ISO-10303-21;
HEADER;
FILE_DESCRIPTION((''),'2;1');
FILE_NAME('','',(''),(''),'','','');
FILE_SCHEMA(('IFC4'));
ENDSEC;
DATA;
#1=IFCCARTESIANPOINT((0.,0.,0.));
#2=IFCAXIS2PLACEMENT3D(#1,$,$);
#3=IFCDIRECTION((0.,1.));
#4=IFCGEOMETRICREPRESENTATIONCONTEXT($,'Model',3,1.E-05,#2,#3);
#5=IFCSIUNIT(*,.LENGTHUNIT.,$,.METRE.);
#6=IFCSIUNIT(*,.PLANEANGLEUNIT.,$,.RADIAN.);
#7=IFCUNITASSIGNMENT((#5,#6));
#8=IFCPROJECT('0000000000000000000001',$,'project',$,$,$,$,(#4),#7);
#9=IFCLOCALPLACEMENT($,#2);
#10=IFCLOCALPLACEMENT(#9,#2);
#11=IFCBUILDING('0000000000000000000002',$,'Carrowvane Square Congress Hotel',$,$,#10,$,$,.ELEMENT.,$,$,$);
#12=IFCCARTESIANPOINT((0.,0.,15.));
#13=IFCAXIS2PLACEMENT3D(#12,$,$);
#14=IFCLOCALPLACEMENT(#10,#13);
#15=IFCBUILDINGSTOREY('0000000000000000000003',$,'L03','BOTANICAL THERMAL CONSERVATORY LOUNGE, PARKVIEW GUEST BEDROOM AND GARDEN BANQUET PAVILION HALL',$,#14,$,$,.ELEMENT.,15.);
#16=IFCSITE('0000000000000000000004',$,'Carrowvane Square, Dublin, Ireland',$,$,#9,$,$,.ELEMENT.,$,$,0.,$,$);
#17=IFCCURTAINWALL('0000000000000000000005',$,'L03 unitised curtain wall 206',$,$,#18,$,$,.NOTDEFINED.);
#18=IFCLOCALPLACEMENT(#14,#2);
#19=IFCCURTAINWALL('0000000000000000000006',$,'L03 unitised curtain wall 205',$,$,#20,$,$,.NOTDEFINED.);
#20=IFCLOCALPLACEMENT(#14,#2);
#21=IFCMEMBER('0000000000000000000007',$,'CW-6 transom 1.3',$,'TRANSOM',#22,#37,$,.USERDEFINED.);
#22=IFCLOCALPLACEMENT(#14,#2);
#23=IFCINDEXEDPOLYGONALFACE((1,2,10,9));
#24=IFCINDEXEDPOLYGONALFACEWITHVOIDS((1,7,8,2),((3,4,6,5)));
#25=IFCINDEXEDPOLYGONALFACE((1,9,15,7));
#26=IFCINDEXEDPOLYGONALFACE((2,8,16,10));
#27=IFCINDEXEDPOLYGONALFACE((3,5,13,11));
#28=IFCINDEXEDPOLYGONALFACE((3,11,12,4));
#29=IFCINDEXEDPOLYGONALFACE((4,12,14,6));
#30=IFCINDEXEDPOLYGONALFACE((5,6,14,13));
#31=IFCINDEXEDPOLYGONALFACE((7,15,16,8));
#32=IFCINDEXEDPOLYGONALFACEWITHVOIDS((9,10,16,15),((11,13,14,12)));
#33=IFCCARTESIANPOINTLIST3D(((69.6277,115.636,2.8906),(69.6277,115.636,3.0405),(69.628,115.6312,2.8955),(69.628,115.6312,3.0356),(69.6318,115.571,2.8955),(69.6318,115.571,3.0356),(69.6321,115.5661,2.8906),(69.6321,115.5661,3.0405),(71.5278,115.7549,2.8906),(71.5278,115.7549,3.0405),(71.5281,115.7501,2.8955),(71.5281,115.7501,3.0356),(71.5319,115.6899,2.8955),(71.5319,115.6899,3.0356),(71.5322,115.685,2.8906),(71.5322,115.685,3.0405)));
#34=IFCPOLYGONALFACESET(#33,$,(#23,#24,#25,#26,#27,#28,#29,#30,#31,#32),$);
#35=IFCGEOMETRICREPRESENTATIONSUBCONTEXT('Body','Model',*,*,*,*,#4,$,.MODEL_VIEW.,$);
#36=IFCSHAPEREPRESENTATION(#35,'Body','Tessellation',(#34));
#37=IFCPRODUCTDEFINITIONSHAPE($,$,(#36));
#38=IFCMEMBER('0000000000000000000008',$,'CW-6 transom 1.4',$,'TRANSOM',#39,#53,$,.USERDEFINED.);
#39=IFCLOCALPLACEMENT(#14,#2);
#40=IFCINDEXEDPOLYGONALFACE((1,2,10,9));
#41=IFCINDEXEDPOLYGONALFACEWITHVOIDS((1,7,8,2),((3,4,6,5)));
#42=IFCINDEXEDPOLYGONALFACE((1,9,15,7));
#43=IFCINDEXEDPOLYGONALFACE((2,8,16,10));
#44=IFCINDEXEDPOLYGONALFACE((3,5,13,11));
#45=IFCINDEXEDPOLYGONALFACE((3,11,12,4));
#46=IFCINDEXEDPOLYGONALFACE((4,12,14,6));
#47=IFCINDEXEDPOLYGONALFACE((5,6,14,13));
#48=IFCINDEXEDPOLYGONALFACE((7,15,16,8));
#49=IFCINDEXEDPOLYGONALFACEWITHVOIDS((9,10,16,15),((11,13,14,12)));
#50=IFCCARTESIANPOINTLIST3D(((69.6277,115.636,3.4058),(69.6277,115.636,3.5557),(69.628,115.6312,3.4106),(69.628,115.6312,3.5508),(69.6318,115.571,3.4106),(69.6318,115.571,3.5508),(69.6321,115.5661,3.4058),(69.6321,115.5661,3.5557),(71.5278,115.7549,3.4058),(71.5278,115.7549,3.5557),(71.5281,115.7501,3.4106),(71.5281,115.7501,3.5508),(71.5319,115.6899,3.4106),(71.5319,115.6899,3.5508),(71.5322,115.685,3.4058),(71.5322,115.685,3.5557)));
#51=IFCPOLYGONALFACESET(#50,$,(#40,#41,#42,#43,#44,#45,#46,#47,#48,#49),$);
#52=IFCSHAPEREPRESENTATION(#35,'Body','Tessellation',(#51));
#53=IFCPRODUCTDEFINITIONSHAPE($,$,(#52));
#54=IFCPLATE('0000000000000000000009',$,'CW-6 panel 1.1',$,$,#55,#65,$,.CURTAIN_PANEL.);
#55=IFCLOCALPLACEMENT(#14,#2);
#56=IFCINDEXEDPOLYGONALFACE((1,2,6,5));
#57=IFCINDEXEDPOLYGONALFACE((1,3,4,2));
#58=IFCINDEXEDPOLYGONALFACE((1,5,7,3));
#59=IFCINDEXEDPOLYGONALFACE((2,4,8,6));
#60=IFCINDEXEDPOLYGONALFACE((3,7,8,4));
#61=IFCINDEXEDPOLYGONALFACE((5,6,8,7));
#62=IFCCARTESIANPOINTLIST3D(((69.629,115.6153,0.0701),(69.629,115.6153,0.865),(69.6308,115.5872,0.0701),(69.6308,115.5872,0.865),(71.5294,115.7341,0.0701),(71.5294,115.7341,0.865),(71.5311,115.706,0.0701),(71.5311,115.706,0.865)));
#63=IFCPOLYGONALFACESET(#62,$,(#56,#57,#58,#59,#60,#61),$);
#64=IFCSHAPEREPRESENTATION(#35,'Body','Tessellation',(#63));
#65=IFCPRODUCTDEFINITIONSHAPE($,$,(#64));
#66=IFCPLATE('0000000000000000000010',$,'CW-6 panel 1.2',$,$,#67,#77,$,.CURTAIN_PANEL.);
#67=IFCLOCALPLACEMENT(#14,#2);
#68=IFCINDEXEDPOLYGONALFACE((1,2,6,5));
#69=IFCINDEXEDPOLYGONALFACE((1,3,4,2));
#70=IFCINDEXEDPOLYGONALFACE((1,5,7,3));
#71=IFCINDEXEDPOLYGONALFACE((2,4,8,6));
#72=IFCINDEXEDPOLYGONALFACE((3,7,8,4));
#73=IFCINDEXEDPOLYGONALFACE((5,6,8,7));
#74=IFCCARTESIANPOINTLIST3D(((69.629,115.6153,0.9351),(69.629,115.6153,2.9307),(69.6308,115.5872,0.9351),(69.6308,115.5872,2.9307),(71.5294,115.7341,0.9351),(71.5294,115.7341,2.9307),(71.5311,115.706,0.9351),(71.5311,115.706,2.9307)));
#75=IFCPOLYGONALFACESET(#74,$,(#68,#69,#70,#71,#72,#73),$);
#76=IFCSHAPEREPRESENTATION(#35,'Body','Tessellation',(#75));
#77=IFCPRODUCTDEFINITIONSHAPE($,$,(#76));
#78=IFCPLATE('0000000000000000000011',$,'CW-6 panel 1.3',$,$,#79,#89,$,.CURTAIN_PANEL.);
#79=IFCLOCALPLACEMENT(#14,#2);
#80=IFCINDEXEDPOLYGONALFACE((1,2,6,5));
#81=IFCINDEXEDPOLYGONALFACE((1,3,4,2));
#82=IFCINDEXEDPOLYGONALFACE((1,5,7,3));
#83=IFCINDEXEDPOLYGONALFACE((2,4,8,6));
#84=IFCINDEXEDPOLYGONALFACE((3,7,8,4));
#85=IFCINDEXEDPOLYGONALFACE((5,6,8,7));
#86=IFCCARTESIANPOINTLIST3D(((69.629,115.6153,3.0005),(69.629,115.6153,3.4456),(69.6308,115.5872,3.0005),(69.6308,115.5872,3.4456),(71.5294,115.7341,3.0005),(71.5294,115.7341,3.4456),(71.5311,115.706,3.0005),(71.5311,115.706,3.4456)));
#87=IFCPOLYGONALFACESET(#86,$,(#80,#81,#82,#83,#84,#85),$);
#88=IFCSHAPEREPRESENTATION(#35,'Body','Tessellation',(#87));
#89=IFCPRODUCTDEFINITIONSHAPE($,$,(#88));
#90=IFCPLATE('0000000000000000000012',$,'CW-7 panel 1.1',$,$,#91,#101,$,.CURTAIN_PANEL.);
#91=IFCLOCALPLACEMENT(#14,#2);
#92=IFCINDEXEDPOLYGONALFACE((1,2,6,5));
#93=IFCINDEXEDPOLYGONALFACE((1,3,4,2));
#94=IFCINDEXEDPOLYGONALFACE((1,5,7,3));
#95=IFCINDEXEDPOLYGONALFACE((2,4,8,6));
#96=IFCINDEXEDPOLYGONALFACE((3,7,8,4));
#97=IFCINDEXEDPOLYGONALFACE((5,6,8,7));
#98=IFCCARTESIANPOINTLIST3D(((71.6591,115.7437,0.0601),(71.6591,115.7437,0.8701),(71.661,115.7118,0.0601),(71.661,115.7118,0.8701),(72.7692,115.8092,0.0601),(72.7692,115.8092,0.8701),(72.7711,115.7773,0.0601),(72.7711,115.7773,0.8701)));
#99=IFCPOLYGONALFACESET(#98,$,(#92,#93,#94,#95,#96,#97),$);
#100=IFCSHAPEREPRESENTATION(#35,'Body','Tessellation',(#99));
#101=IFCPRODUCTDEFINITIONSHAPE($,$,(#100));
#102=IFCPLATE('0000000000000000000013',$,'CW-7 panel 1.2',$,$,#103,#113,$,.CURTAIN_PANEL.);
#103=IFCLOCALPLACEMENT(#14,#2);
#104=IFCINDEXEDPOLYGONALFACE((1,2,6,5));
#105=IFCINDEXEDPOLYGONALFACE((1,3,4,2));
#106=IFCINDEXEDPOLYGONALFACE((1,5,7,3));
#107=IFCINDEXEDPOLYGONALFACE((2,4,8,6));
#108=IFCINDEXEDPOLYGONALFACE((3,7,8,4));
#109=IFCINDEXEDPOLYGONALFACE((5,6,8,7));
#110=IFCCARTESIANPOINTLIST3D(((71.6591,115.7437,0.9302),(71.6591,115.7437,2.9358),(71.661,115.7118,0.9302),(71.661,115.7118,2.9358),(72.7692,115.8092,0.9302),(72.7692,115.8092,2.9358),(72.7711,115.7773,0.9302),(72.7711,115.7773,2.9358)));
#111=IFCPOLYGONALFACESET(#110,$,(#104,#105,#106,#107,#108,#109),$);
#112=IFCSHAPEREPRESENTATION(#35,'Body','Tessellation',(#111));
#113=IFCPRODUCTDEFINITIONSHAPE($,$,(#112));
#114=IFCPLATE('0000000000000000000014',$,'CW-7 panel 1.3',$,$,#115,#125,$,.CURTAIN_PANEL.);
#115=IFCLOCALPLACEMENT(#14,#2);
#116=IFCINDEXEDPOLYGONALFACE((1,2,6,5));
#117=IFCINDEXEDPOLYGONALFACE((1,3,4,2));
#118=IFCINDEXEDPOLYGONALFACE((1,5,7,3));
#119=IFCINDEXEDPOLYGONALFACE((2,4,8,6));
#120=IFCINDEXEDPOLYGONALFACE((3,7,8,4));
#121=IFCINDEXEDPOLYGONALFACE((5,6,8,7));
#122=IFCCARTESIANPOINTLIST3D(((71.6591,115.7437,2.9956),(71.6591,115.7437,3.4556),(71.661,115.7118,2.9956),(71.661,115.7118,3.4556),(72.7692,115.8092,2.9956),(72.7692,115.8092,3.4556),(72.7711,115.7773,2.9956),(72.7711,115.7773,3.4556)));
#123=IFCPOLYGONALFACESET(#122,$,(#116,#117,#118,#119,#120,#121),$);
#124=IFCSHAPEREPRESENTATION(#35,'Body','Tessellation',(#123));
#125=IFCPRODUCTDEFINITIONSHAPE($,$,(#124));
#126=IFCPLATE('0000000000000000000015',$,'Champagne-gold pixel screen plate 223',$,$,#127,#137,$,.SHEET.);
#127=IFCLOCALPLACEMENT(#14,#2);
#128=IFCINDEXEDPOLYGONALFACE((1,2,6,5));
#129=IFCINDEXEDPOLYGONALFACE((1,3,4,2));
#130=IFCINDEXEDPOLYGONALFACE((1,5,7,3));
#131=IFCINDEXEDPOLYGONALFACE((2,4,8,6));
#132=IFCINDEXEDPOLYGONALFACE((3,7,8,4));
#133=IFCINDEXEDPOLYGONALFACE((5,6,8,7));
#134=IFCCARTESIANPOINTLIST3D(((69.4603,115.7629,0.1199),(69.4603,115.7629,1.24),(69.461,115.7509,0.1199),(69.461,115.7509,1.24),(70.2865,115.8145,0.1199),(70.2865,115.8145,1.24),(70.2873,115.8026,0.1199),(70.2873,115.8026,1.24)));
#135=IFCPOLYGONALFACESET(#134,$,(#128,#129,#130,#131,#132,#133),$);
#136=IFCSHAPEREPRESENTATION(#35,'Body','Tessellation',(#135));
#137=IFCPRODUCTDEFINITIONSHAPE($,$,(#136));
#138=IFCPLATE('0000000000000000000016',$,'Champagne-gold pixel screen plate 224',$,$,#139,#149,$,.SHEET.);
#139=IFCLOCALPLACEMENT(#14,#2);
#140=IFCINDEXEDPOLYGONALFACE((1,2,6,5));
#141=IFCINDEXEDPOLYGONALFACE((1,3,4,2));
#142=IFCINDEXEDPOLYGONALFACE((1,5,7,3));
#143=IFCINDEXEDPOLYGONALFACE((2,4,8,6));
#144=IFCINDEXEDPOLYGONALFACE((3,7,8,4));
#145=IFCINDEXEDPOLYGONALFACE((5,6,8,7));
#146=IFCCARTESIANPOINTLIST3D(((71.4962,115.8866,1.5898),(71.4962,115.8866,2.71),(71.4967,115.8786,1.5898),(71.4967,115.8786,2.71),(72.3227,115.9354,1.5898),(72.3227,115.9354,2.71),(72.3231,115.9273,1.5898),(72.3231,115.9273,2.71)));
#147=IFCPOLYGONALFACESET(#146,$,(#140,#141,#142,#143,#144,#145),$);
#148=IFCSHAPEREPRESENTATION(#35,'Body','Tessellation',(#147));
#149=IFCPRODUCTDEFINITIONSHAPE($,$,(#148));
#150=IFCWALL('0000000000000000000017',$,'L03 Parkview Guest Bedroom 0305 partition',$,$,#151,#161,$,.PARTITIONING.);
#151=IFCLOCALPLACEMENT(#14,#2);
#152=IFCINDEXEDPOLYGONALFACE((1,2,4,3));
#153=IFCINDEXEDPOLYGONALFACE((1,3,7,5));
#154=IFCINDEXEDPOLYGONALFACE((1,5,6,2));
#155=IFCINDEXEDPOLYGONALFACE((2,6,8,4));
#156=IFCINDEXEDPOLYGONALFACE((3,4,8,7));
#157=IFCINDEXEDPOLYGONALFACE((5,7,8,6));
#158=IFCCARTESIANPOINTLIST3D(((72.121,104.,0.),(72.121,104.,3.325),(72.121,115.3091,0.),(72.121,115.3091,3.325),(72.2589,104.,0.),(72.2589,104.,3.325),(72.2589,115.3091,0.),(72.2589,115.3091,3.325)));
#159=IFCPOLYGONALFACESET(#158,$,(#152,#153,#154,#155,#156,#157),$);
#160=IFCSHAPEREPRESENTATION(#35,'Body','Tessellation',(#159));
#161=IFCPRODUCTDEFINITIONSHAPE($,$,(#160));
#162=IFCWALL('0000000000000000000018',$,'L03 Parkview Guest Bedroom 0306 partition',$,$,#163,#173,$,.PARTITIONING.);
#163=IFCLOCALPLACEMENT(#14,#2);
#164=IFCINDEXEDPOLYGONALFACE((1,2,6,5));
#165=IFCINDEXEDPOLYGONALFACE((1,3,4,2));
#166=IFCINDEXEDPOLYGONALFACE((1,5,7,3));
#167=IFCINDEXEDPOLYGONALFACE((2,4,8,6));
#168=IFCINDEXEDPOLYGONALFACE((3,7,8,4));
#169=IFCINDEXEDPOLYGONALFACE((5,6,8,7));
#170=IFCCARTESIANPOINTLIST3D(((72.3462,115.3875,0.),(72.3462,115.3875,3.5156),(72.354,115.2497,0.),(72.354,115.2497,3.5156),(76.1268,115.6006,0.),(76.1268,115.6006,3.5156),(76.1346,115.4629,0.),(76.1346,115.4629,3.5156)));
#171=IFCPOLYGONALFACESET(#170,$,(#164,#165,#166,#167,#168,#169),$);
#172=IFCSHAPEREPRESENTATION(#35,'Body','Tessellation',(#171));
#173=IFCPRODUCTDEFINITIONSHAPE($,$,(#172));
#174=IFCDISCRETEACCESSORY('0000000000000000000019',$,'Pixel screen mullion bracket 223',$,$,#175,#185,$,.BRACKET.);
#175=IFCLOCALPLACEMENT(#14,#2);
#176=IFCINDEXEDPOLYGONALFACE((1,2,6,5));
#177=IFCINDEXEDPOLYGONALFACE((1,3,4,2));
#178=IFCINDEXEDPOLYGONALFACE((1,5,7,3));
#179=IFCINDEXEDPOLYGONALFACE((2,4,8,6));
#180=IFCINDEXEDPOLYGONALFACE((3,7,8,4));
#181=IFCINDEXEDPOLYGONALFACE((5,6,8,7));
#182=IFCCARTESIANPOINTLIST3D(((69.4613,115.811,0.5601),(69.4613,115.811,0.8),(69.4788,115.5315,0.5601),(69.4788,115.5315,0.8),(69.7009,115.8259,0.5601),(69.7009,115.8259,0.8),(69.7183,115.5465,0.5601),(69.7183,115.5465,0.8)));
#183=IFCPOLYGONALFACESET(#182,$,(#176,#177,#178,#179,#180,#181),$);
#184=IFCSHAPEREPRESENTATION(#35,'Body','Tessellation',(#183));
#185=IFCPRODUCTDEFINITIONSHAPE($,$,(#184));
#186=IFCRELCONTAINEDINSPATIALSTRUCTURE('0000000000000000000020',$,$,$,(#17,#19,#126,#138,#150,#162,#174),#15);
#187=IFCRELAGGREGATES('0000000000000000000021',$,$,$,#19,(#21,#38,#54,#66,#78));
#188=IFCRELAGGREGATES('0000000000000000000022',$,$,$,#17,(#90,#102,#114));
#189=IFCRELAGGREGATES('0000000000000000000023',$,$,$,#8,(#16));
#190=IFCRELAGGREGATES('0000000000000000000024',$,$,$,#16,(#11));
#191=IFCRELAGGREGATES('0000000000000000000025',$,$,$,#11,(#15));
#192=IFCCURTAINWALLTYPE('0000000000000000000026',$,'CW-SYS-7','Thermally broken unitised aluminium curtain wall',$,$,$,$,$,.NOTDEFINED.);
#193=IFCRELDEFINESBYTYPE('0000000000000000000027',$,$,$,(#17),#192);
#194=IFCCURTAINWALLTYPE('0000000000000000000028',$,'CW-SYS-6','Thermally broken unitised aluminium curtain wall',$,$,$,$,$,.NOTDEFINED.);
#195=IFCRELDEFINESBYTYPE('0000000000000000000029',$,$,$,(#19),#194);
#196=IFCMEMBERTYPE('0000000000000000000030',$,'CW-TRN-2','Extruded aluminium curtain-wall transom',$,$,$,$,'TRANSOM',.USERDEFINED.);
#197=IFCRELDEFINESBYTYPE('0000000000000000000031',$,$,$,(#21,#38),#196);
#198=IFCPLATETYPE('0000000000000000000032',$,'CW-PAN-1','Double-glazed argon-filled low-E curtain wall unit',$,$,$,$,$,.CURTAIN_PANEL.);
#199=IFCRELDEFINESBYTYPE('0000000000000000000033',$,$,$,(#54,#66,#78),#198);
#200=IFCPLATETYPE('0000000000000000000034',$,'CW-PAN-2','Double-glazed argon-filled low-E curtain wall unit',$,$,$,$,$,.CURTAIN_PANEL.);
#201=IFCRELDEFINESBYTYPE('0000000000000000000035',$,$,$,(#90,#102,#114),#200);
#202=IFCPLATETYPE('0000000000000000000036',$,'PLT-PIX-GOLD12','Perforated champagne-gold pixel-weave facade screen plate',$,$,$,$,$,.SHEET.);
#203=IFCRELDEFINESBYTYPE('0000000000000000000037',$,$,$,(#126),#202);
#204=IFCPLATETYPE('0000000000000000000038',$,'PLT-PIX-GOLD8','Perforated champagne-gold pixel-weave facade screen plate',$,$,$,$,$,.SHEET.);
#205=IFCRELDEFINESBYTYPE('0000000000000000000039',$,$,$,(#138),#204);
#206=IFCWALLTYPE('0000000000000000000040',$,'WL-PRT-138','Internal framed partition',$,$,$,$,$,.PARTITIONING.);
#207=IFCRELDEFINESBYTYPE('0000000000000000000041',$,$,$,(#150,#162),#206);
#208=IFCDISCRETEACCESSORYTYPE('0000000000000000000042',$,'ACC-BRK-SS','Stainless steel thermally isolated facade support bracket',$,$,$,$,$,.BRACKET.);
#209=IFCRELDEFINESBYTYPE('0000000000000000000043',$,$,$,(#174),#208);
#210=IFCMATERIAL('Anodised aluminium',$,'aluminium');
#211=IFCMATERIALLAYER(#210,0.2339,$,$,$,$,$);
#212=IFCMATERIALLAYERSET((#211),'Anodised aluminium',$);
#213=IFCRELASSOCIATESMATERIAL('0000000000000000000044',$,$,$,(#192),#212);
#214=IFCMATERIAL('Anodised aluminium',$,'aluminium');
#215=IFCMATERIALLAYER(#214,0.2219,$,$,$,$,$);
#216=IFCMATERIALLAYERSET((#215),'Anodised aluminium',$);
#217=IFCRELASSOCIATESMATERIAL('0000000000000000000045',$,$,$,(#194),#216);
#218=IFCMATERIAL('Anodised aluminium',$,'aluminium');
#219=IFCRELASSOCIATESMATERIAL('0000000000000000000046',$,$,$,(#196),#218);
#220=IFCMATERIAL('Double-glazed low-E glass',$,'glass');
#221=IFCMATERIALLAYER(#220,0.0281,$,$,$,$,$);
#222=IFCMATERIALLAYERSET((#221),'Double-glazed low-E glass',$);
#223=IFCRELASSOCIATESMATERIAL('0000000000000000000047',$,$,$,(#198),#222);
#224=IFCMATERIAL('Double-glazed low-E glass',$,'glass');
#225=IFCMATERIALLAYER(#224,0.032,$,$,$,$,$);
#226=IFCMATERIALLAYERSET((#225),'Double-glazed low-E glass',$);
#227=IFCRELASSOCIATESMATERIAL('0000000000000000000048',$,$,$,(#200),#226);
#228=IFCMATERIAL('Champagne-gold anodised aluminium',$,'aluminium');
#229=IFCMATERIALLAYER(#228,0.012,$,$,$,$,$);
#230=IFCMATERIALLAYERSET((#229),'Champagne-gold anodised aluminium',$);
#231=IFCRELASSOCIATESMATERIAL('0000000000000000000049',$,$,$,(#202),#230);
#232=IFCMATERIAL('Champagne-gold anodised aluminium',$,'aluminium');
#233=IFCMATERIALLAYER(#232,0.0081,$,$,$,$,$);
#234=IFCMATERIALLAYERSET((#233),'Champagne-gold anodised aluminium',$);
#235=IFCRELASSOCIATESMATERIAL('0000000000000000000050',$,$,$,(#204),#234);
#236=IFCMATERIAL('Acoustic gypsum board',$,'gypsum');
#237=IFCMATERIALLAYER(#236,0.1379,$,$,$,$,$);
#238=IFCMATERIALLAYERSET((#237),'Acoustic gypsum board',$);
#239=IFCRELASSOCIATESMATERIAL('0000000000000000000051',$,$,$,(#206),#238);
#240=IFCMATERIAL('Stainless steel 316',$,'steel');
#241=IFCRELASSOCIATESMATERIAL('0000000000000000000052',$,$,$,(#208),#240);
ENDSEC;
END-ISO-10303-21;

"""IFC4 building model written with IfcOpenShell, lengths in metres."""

from ifc_helpers import new_model, si_unit, direction, frame, frame_2d, origin, origin_2d, place, context, subcontext, project, spatial, rectangle, hollow_rectangle, extrude, material, layer, layer_set, material_profile, profile_set, type_object, element, aggregate, save


model = new_model("IFC4")

# Units and contexts
model_context = context("Model", 3, precision=1e-05, world=origin(), true_north=direction((0.0, 1.0)))
body_context = subcontext(model_context, "Body", "Model", "MODEL_VIEW")
ifc_project = project(units=[si_unit("LENGTHUNIT", "METRE"), si_unit("PLANEANGLEUNIT", "RADIAN")], contexts=[model_context])

# Site, building, storey
site_placement = place(None, origin())
site = spatial("IfcSite", under=ifc_project, at=site_placement, Name="Carrowvane Square, Dublin, Ireland", CompositionType="ELEMENT", RefElevation=0.0)
building_placement = place(site_placement, origin())
building = spatial("IfcBuilding", under=site, at=building_placement, Name="Carrowvane Square Congress Hotel", CompositionType="ELEMENT")
storey_placement = place(building_placement, frame((0.0, 0.0, 15.0)))
storey = spatial("IfcBuildingStorey", under=building, at=storey_placement, Name="L03", Description="BOTANICAL THERMAL CONSERVATORY LOUNGE, PARKVIEW GUEST BEDROOM AND GARDEN BANQUET PAVILION HALL", CompositionType="ELEMENT", Elevation=15.0)

# Curtain walls
ifc_material_1 = material(Name="Anodised aluminium", Category="aluminium")
ifc_layer_1 = layer(ifc_material_1, 0.2339)
ifc_layer_set_1 = layer_set([ifc_layer_1], Name="Anodised aluminium")
curtain_wall_type_1 = type_object("IfcCurtainWallType", Name="CW-SYS-7", Description="Thermally broken unitised aluminium curtain wall", PredefinedType="NOTDEFINED", material=ifc_layer_set_1)
curtain_wall_1_placement = place(storey_placement, origin())
curtain_wall_1 = element("IfcCurtainWall", 1, at=curtain_wall_1_placement, inside=storey, type_object=curtain_wall_type_1, Name="L03 unitised curtain wall 206", PredefinedType="NOTDEFINED")
ifc_material_2 = material(Name="Anodised aluminium", Category="aluminium")
ifc_layer_2 = layer(ifc_material_2, 0.2219)
ifc_layer_set_2 = layer_set([ifc_layer_2], Name="Anodised aluminium")
curtain_wall_type_2 = type_object("IfcCurtainWallType", Name="CW-SYS-6", Description="Thermally broken unitised aluminium curtain wall", PredefinedType="NOTDEFINED", material=ifc_layer_set_2)
curtain_wall_2_placement = place(storey_placement, origin())
curtain_wall_2 = element("IfcCurtainWall", 2, at=curtain_wall_2_placement, inside=storey, type_object=curtain_wall_type_2, Name="L03 unitised curtain wall 205", PredefinedType="NOTDEFINED")

# Members
ifc_material_3 = material(Name="Anodised aluminium", Category="aluminium")
ifc_material_profile_1 = material_profile(ifc_material_3, hollow_rectangle(XDim=0.0701, YDim=0.1499, WallThickness=0.0049, at=origin_2d()), Name="CW-TR 70x150x5")
ifc_profile_set_1 = profile_set([ifc_material_profile_1], Name="Anodised aluminium")
member_type_1 = type_object("IfcMemberType", Name="CW-TRN-2", Description="Extruded aluminium curtain-wall transom", ElementType="TRANSOM", PredefinedType="USERDEFINED", material=ifc_profile_set_1)
member_1_placement = place(storey_placement, frame((69.6299, 115.6011, 2.9656), z_axis=(0.998048, 0.06245, 0.0), x_axis=(-0.06245, 0.998048, 0.0)))
member_1 = element("IfcMember", 3, at=member_1_placement, type_object=member_type_1, Name="CW-6 transom 1.3", ObjectType="TRANSOM", PredefinedType="USERDEFINED", context=body_context, shape_type="SweptSolid", body=[
    extrude(hollow_rectangle(XDim=0.0701, YDim=0.1499, WallThickness=0.0049, at=origin_2d()), origin(), (0.0, 0.0, 1.0), 1.9038),
])
member_2_placement = place(storey_placement, frame((69.6299, 115.6011, 3.4807), z_axis=(0.998048, 0.06245, 0.0), x_axis=(-0.06245, 0.998048, 0.0)))
member_2 = element("IfcMember", 4, at=member_2_placement, type_object=member_type_1, Name="CW-6 transom 1.4", ObjectType="TRANSOM", PredefinedType="USERDEFINED", context=body_context, shape_type="SweptSolid", body=[
    extrude(hollow_rectangle(XDim=0.0701, YDim=0.1499, WallThickness=0.0049, at=origin_2d()), origin(), (0.0, 0.0, 1.0), 1.9038),
])

# Plates
ifc_material_4 = material(Name="Double-glazed low-E glass", Category="glass")
ifc_layer_3 = layer(ifc_material_4, 0.0281)
ifc_layer_set_3 = layer_set([ifc_layer_3], Name="Double-glazed low-E glass")
plate_type_1 = type_object("IfcPlateType", Name="CW-PAN-1", Description="Double-glazed argon-filled low-E curtain wall unit", PredefinedType="CURTAIN_PANEL", material=ifc_layer_set_3)
plate_1_placement = place(storey_placement, frame((70.5801, 115.6606, 0.0701), z_axis=(0.0, 0.0, 1.0), x_axis=(0.998051, 0.062397, 0.0)))
plate_1 = element("IfcPlate", 5, at=plate_1_placement, type_object=plate_type_1, Name="CW-6 panel 1.1", PredefinedType="CURTAIN_PANEL", context=body_context, shape_type="SweptSolid", body=[
    extrude(rectangle(XDim=1.9041, YDim=0.0281, at=origin_2d()), origin(), (0.0, 0.0, 1.0), 0.7949),
])
plate_2_placement = place(storey_placement, frame((70.5801, 115.6606, 0.9351), z_axis=(0.0, 0.0, 1.0), x_axis=(0.998051, 0.062397, 0.0)))
plate_2 = element("IfcPlate", 6, at=plate_2_placement, type_object=plate_type_1, Name="CW-6 panel 1.2", PredefinedType="CURTAIN_PANEL", context=body_context, shape_type="SweptSolid", body=[
    extrude(rectangle(XDim=1.9041, YDim=0.0281, at=origin_2d()), origin(), (0.0, 0.0, 1.0), 1.9956),
])
plate_3_placement = place(storey_placement, frame((70.5801, 115.6606, 3.0005), z_axis=(0.0, 0.0, 1.0), x_axis=(0.998051, 0.062397, 0.0)))
plate_3 = element("IfcPlate", 7, at=plate_3_placement, type_object=plate_type_1, Name="CW-6 panel 1.3", PredefinedType="CURTAIN_PANEL", context=body_context, shape_type="SweptSolid", body=[
    extrude(rectangle(XDim=1.9041, YDim=0.0281, at=origin_2d()), origin(), (0.0, 0.0, 1.0), 0.4451),
])
aggregate(curtain_wall_2, [member_1, member_2, plate_1, plate_2, plate_3])
ifc_material_5 = material(Name="Double-glazed low-E glass", Category="glass")
ifc_layer_4 = layer(ifc_material_5, 0.032)
ifc_layer_set_4 = layer_set([ifc_layer_4], Name="Double-glazed low-E glass")
plate_type_2 = type_object("IfcPlateType", Name="CW-PAN-2", Description="Double-glazed argon-filled low-E curtain wall unit", PredefinedType="CURTAIN_PANEL", material=ifc_layer_set_4)
plate_4_placement = place(storey_placement, frame((72.2151, 115.7605, 0.0601), z_axis=(0.0, 0.0, 1.0), x_axis=(0.998267, 0.058851, 0.0)))
plate_4 = element("IfcPlate", 8, at=plate_4_placement, type_object=plate_type_2, Name="CW-7 panel 1.1", PredefinedType="CURTAIN_PANEL", context=body_context, shape_type="SweptSolid", body=[
    extrude(rectangle(XDim=1.1121, YDim=0.032, at=origin_2d()), origin(), (0.0, 0.0, 1.0), 0.8101),
])
plate_5_placement = place(storey_placement, frame((72.2151, 115.7605, 0.9302), z_axis=(0.0, 0.0, 1.0), x_axis=(0.998267, 0.058851, 0.0)))
plate_5 = element("IfcPlate", 9, at=plate_5_placement, type_object=plate_type_2, Name="CW-7 panel 1.2", PredefinedType="CURTAIN_PANEL", context=body_context, shape_type="SweptSolid", body=[
    extrude(rectangle(XDim=1.1121, YDim=0.032, at=origin_2d()), origin(), (0.0, 0.0, 1.0), 2.0056),
])
plate_6_placement = place(storey_placement, frame((72.2151, 115.7605, 2.9956), z_axis=(0.0, 0.0, 1.0), x_axis=(0.998267, 0.058851, 0.0)))
plate_6 = element("IfcPlate", 10, at=plate_6_placement, type_object=plate_type_2, Name="CW-7 panel 1.3", PredefinedType="CURTAIN_PANEL", context=body_context, shape_type="SweptSolid", body=[
    extrude(rectangle(XDim=1.1121, YDim=0.032, at=origin_2d()), origin(), (0.0, 0.0, 1.0), 0.46),
])
aggregate(curtain_wall_1, [plate_4, plate_5, plate_6])

# Plates
ifc_material_6 = material(Name="Champagne-gold anodised aluminium", Category="aluminium")
ifc_layer_5 = layer(ifc_material_6, 0.012)
ifc_layer_set_5 = layer_set([ifc_layer_5], Name="Champagne-gold anodised aluminium")
plate_type_3 = type_object("IfcPlateType", Name="PLT-PIX-GOLD12", Description="Perforated champagne-gold pixel-weave facade screen plate", PredefinedType="SHEET", material=ifc_layer_set_5)
plate_7_placement = place(storey_placement, frame((69.8738, 115.7827, 0.1199), z_axis=(0.0, 0.0, 1.0), x_axis=(0.998051, 0.062397, 0.0)))
element("IfcPlate", 11, at=plate_7_placement, inside=storey, type_object=plate_type_3, Name="Champagne-gold pixel screen plate 223", PredefinedType="SHEET", context=body_context, shape_type="SweptSolid", body=[
    extrude(rectangle(XDim=0.8279, YDim=0.012, at=origin_2d()), origin(), (0.0, 0.0, 1.0), 1.1201),
])
ifc_material_7 = material(Name="Champagne-gold anodised aluminium", Category="aluminium")
ifc_layer_6 = layer(ifc_material_7, 0.0081)
ifc_layer_set_6 = layer_set([ifc_layer_6], Name="Champagne-gold anodised aluminium")
plate_type_4 = type_object("IfcPlateType", Name="PLT-PIX-GOLD8", Description="Perforated champagne-gold pixel-weave facade screen plate", PredefinedType="SHEET", material=ifc_layer_set_6)
plate_8_placement = place(storey_placement, frame((71.9097, 115.907, 1.5898), z_axis=(0.0, 0.0, 1.0), x_axis=(0.998267, 0.058852, 0.0)))
element("IfcPlate", 12, at=plate_8_placement, inside=storey, type_object=plate_type_4, Name="Champagne-gold pixel screen plate 224", PredefinedType="SHEET", context=body_context, shape_type="SweptSolid", body=[
    extrude(rectangle(XDim=0.8279, YDim=0.0081, at=origin_2d()), origin(), (0.0, 0.0, 1.0), 1.1201),
])

# Walls
ifc_material_8 = material(Name="Acoustic gypsum board", Category="gypsum")
ifc_layer_7 = layer(ifc_material_8, 0.1379)
ifc_layer_set_7 = layer_set([ifc_layer_7], Name="Acoustic gypsum board")
wall_type = type_object("IfcWallType", Name="WL-PRT-138", Description="Internal framed partition", PredefinedType="PARTITIONING", material=ifc_layer_set_7)
wall_1_placement = place(storey_placement, frame((72.1899, 115.3091, 0.0), z_axis=(0.0, 0.0, 1.0), x_axis=(0.0, -1.0, 0.0)))
element("IfcWall", 13, at=wall_1_placement, inside=storey, type_object=wall_type, Name="L03 Parkview Guest Bedroom 0305 partition", PredefinedType="PARTITIONING", context=body_context, shape_type="SweptSolid", body=[
    extrude(rectangle(XDim=11.3091, YDim=0.1379, at=frame_2d((5.6545, 0.0))), origin(), (0.0, 0.0, 1.0), 3.325),
])
wall_2_placement = place(storey_placement, frame((72.3501, 115.3186, 0.0), z_axis=(0.0, 0.0, 1.0), x_axis=(0.998415, 0.056288, 0.0)))
element("IfcWall", 14, at=wall_2_placement, inside=storey, type_object=wall_type, Name="L03 Parkview Guest Bedroom 0306 partition", PredefinedType="PARTITIONING", context=body_context, shape_type="SweptSolid", body=[
    extrude(rectangle(XDim=3.7866, YDim=0.1379, at=frame_2d((1.8933, 0.0))), origin(), (0.0, 0.0, 1.0), 3.5156),
])

# Discrete accessory
ifc_material_9 = material(Name="Stainless steel 316", Category="steel")
discrete_accessory_type = type_object("IfcDiscreteAccessoryType", Name="ACC-BRK-SS", Description="Stainless steel thermally isolated facade support bracket", PredefinedType="BRACKET", material=ifc_material_9)
for number, where, z_axis, x_axis, name in (
    (15, (69.5898, 115.6787, 0.5601), (0.0, 0.0, 1.0), (0.998051, 0.062397, 0.0), "Pixel screen mullion bracket 223"),
):
    element("IfcDiscreteAccessory", number, at=place(storey_placement, frame(where, z_axis=z_axis, x_axis=x_axis)), inside=storey, type_object=discrete_accessory_type, Name=name, PredefinedType="BRACKET", context=body_context, shape_type="SweptSolid", body=[
        extrude(rectangle(XDim=0.24, YDim=0.28, at=origin_2d()), origin(), (0.0, 0.0, 1.0), 0.24),
    ])

save(model, "model.ifc")
